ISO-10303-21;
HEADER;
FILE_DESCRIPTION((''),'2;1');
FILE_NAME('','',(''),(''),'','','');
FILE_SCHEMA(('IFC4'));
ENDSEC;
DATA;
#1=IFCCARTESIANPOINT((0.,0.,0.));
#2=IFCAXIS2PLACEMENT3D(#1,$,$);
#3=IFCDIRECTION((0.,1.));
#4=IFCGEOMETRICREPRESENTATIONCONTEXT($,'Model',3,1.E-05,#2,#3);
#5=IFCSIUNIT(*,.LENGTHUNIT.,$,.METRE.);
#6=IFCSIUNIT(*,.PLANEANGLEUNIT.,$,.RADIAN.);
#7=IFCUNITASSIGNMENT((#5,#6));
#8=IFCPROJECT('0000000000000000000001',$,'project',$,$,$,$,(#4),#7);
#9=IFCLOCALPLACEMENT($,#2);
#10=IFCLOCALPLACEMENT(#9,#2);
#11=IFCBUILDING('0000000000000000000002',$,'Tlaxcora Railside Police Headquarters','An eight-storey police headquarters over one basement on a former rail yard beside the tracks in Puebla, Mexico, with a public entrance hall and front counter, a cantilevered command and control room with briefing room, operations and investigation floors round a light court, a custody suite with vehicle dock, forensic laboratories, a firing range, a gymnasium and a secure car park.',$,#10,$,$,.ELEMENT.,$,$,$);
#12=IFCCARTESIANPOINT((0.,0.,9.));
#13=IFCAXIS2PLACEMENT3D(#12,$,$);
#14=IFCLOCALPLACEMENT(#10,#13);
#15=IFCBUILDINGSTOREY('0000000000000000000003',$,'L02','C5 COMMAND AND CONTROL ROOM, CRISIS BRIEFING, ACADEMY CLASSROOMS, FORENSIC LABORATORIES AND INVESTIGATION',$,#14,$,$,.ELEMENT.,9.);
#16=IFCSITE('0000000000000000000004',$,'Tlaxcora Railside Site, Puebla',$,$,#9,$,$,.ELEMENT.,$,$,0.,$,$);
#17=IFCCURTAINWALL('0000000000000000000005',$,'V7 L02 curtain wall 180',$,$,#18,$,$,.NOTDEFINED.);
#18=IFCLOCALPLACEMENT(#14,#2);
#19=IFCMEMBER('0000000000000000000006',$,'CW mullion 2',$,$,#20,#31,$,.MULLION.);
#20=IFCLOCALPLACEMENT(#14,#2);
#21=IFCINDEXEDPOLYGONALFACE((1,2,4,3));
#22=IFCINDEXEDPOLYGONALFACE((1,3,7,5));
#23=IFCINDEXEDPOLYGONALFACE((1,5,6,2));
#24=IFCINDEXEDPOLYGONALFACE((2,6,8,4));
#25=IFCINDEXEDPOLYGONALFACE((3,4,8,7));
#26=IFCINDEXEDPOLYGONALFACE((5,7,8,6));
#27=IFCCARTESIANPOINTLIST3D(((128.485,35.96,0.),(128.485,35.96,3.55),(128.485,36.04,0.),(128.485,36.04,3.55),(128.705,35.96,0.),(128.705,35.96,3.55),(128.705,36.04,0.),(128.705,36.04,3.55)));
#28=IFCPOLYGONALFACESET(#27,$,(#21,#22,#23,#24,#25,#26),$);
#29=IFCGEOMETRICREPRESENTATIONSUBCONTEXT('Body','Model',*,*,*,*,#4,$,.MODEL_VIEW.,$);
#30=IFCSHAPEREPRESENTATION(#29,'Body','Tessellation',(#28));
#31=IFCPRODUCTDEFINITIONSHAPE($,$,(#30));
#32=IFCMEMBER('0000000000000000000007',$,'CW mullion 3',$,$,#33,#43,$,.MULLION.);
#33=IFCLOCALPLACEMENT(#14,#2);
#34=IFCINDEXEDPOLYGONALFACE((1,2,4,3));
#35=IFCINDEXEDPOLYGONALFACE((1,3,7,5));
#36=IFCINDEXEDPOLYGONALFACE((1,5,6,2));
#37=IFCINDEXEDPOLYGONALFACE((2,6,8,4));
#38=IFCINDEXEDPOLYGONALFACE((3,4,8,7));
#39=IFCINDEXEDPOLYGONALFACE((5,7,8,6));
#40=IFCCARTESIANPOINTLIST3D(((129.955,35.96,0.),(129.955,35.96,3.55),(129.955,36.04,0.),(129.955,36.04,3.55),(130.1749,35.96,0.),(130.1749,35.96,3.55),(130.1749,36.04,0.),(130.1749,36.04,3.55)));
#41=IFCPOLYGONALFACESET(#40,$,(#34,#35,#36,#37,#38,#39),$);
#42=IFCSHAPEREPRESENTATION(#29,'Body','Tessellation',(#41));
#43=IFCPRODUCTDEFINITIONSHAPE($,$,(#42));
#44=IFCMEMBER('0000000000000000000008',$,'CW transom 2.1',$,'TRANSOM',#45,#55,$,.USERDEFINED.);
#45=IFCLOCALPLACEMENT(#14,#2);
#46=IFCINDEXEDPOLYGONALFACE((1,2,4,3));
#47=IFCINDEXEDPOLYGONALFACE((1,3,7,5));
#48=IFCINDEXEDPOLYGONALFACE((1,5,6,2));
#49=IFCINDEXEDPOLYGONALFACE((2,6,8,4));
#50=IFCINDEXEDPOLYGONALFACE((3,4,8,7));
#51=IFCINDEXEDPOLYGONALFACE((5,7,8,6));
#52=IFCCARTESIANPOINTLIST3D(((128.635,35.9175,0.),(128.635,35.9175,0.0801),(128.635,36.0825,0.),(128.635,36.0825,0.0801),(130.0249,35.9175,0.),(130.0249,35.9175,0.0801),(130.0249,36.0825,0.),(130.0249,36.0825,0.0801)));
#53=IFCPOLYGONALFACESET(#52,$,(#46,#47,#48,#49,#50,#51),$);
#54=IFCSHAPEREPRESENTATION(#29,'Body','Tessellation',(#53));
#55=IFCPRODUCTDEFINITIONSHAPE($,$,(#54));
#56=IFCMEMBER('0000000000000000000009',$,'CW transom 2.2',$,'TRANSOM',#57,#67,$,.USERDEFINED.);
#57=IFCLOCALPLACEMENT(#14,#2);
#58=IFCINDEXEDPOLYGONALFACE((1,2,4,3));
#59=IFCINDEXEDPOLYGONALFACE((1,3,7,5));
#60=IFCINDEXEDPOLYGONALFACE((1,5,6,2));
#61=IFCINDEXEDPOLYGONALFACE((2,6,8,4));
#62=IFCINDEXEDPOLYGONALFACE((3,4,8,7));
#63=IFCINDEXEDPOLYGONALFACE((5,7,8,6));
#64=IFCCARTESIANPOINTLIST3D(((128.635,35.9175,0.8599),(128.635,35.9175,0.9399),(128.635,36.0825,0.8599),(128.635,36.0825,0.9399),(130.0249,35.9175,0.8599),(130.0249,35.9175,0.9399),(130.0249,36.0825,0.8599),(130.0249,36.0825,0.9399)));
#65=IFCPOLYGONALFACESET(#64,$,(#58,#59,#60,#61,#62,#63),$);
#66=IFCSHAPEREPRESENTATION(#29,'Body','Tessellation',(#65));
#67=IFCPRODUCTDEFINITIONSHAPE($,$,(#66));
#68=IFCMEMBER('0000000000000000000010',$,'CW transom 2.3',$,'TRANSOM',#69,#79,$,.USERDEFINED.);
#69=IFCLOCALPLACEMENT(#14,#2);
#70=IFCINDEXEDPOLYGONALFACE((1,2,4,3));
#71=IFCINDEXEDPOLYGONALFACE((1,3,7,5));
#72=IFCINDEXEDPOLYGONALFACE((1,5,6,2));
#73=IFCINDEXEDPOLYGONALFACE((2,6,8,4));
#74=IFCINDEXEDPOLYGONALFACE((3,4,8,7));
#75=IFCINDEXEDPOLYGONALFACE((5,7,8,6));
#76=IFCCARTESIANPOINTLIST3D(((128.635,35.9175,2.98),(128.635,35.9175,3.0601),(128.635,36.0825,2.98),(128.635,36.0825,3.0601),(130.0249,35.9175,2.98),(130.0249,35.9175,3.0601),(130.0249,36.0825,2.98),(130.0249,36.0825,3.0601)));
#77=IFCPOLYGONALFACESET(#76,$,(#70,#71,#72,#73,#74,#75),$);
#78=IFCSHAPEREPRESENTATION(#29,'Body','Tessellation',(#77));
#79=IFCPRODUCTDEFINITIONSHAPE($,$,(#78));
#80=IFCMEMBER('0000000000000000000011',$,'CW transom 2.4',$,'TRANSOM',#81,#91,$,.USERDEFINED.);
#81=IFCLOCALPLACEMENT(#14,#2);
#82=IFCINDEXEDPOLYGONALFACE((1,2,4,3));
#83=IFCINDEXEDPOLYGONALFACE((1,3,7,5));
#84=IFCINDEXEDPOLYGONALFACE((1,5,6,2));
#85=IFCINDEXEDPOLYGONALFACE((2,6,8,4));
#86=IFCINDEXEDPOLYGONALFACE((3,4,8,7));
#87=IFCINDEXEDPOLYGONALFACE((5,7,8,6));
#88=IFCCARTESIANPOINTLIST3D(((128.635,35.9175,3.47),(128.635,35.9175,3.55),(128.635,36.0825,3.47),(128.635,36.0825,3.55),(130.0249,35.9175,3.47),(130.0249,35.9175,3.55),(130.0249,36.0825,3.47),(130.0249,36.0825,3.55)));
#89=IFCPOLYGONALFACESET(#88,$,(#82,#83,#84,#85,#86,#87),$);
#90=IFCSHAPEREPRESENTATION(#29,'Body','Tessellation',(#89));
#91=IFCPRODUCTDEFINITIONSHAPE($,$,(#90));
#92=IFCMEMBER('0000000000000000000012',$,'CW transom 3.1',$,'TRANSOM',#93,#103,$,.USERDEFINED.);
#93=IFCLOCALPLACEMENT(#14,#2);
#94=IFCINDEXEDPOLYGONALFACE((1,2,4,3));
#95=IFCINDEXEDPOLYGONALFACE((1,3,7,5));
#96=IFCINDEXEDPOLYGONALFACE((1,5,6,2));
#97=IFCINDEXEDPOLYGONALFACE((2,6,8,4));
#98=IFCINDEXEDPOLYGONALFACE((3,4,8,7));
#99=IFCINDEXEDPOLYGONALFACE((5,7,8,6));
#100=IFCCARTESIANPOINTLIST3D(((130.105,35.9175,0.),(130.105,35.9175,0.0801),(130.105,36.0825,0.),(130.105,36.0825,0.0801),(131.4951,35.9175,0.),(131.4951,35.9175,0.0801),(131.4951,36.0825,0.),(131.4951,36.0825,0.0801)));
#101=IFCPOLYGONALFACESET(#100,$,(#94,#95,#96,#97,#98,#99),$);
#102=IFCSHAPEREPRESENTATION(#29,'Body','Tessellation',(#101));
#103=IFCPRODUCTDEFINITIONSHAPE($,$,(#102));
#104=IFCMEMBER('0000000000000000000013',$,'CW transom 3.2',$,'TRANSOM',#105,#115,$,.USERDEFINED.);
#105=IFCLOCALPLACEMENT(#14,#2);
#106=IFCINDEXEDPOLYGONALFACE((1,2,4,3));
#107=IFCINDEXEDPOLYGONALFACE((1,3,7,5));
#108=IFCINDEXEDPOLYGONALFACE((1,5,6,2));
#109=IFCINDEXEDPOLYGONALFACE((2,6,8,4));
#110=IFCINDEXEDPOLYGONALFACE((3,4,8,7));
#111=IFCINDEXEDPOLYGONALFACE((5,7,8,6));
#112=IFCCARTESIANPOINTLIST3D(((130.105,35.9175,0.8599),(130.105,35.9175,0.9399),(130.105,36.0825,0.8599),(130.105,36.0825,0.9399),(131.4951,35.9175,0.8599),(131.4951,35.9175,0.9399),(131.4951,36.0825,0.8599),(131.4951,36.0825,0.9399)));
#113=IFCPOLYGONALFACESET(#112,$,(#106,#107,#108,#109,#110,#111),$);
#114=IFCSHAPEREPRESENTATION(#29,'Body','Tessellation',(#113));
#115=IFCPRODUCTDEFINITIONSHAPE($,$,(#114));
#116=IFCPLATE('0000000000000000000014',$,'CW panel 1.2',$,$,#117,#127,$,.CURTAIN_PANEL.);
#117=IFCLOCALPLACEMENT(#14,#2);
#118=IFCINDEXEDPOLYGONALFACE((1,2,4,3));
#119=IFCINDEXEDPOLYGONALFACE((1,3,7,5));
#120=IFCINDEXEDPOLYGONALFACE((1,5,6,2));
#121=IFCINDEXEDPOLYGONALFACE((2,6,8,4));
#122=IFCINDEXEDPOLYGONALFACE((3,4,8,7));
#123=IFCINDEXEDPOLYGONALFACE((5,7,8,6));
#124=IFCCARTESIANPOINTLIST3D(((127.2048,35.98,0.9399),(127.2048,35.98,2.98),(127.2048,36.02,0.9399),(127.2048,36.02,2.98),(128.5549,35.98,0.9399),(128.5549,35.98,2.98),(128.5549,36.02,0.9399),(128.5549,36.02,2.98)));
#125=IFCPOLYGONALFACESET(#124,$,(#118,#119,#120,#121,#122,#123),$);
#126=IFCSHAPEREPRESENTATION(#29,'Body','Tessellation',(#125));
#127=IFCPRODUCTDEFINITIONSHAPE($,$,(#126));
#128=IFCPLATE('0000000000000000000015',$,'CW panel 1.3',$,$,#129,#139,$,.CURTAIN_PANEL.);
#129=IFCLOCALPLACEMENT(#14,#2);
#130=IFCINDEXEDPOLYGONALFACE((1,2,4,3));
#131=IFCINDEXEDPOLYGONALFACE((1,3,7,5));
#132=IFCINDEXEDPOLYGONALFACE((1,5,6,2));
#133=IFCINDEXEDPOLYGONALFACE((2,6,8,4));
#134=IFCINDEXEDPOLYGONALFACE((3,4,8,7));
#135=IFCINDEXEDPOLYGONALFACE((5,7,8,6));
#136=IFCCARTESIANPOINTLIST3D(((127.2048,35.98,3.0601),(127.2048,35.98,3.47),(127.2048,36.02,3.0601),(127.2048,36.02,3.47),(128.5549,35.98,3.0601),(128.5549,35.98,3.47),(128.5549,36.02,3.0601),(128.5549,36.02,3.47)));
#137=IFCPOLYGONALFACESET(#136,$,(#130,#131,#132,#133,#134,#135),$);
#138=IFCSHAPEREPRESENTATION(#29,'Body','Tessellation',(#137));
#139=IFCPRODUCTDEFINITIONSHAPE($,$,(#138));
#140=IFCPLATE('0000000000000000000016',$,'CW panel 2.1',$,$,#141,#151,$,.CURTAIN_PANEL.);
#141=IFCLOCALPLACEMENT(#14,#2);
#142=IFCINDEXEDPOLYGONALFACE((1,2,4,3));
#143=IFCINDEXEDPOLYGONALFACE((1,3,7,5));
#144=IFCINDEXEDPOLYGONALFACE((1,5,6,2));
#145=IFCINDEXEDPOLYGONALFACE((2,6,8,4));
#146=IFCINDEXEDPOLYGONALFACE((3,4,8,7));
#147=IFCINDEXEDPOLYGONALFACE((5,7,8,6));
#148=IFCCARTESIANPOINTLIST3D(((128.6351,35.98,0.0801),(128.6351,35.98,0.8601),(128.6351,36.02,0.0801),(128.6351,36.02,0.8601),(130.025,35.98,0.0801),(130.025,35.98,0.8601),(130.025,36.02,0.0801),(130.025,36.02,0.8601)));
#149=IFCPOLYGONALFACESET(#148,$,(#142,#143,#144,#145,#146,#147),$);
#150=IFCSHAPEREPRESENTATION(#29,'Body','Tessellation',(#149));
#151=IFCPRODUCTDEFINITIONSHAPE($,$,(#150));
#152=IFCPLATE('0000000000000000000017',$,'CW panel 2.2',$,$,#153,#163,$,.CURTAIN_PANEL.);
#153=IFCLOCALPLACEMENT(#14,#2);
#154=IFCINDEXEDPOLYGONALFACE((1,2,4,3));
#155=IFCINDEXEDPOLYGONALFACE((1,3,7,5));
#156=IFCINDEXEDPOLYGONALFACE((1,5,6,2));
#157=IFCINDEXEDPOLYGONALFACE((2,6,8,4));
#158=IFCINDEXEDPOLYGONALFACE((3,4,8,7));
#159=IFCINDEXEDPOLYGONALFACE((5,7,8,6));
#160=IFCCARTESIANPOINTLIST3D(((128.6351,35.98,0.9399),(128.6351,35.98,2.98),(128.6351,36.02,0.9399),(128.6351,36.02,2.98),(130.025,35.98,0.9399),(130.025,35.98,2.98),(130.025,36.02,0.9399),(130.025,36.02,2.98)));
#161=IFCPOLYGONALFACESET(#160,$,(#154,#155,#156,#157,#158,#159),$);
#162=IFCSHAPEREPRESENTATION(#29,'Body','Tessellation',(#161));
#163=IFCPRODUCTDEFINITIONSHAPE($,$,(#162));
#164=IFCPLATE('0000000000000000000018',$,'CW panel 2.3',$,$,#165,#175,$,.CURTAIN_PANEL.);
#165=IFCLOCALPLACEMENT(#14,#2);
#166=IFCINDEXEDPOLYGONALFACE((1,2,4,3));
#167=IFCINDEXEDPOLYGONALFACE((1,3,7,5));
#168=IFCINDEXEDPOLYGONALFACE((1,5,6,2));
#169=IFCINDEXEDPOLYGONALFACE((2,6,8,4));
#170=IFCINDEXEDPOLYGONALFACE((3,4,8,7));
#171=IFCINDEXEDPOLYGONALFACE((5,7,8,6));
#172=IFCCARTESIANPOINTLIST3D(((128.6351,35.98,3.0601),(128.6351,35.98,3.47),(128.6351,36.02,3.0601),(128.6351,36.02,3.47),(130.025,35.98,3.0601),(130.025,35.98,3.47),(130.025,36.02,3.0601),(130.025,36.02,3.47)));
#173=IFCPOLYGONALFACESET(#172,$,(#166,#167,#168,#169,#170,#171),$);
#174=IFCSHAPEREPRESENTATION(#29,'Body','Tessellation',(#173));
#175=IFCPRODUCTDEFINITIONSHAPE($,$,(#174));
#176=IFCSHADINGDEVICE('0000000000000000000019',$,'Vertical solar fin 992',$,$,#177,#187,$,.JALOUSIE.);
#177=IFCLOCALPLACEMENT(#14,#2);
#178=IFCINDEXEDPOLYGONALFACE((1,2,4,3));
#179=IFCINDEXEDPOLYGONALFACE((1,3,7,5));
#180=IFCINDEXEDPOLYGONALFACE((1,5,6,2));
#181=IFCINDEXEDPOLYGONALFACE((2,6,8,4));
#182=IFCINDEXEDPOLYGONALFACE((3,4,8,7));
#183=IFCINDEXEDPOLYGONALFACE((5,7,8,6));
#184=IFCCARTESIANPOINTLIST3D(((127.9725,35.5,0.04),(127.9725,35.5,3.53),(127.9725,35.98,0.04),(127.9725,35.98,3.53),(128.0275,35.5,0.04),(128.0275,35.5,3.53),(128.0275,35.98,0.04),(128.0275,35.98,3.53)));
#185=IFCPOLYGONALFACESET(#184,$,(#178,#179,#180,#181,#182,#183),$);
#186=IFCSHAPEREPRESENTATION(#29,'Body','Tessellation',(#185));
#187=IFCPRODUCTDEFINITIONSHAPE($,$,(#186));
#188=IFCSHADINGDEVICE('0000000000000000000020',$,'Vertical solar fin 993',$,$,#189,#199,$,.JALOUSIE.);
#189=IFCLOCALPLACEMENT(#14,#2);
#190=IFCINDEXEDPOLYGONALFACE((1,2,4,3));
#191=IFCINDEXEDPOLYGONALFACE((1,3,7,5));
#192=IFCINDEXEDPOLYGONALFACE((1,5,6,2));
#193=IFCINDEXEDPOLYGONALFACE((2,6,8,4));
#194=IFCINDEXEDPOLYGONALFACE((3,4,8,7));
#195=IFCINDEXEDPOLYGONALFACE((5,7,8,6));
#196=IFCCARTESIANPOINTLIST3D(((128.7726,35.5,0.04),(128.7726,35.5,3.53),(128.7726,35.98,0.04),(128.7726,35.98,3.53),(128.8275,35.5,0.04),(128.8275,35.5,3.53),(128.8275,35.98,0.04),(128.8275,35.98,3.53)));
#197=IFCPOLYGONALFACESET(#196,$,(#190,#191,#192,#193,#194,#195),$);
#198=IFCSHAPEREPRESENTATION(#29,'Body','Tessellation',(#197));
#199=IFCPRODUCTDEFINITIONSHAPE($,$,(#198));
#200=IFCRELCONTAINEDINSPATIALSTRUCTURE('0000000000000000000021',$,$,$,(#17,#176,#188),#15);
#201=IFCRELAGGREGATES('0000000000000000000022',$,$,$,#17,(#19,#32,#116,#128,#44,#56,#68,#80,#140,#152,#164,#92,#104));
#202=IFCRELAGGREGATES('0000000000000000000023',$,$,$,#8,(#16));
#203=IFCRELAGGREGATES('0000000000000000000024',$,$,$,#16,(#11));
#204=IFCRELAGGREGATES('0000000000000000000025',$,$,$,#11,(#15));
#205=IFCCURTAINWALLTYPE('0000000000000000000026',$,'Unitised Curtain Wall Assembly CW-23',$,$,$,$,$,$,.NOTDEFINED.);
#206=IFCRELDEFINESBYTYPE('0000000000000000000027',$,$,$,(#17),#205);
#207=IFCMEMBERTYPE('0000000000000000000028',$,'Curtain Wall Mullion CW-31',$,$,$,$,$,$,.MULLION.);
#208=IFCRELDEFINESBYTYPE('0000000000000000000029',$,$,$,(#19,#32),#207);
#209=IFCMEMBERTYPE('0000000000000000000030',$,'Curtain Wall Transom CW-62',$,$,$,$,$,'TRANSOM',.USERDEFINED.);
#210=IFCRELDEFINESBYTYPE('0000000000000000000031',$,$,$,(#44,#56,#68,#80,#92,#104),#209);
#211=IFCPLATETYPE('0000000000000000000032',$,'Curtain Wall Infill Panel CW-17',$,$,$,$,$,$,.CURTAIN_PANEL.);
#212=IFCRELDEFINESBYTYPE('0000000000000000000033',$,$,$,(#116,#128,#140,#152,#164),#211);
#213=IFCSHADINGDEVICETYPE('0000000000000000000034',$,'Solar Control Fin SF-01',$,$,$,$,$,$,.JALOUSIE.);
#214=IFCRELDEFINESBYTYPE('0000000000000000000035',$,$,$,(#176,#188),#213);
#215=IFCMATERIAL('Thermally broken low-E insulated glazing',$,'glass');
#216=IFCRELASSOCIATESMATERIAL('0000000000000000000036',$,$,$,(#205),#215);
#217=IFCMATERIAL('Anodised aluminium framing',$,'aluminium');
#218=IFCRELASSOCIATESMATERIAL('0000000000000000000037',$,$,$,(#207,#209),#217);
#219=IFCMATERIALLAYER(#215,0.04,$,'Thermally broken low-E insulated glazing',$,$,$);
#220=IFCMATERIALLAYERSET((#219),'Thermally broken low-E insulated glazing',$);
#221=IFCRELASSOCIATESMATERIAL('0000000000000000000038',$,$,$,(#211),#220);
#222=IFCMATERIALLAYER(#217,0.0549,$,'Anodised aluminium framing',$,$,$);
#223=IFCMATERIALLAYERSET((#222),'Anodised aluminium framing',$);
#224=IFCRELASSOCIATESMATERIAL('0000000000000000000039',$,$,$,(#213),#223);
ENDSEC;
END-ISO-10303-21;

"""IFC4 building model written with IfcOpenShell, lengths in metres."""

from ifc_helpers import new_model, si_unit, direction, frame, origin, origin_2d, place, context, subcontext, project, spatial, rectangle, extrude, material, layer, layer_set, material_profile, profile_set, type_object, element, aggregate, save


model = new_model("IFC4")

# Units and contexts
model_context = context("Model", 3, precision=1e-05, world=origin(), true_north=direction((0.0, 1.0)))
body_context = subcontext(model_context, "Body", "Model", "MODEL_VIEW")
ifc_project = project(units=[si_unit("LENGTHUNIT", "METRE"), si_unit("PLANEANGLEUNIT", "RADIAN")], contexts=[model_context])

# Site, building, storey
site_placement = place(None, origin())
site = spatial("IfcSite", under=ifc_project, at=site_placement, Name="Tlaxcora Railside Site, Puebla", CompositionType="ELEMENT", RefElevation=0.0)
building_placement = place(site_placement, origin())
building = spatial("IfcBuilding", under=site, at=building_placement, Name="Tlaxcora Railside Police Headquarters", Description="An eight-storey police headquarters over one basement on a former rail yard beside the tracks in Puebla, Mexico, with a public entrance hall and front counter, a cantilevered command and control room with briefing room, operations and investigation floors round a light court, a custody suite with vehicle dock, forensic laboratories, a firing range, a gymnasium and a secure car park.", CompositionType="ELEMENT")
storey_placement = place(building_placement, frame((0.0, 0.0, 9.0)))
storey = spatial("IfcBuildingStorey", under=building, at=storey_placement, Name="L02", Description="C5 COMMAND AND CONTROL ROOM, CRISIS BRIEFING, ACADEMY CLASSROOMS, FORENSIC LABORATORIES AND INVESTIGATION", CompositionType="ELEMENT", Elevation=9.0)

# Curtain wall, members, plates
ifc_material_1 = material(Name="Thermally broken low-E insulated glazing", Category="glass")
curtain_wall_type = type_object("IfcCurtainWallType", Name="Unitised Curtain Wall Assembly CW-23", PredefinedType="NOTDEFINED", material=ifc_material_1)
curtain_wall_placement = place(storey_placement, origin())
curtain_wall = element("IfcCurtainWall", 1, at=curtain_wall_placement, inside=storey, type_object=curtain_wall_type, Name="V7 L02 curtain wall 180", PredefinedType="NOTDEFINED")
ifc_material_2 = material(Name="Anodised aluminium framing", Category="aluminium")
ifc_material_profile_1 = material_profile(ifc_material_2, rectangle(XDim=0.0801, YDim=0.22, at=origin_2d()), Name="AL80X220")
ifc_profile_set_1 = profile_set([ifc_material_profile_1], Name="Anodised aluminium framing")
member_type_1 = type_object("IfcMemberType", Name="Curtain Wall Mullion CW-31", PredefinedType="MULLION", material=ifc_profile_set_1)
member_1_placement = place(storey_placement, frame((128.595, 36.0, 0.0), z_axis=(0.0, 0.0, 1.0), x_axis=(0.0, 1.0, 0.0)))
member_1 = element("IfcMember", 2, at=member_1_placement, type_object=member_type_1, Name="CW mullion 2", PredefinedType="MULLION", context=body_context, shape_type="SweptSolid", body=[
    extrude(rectangle(XDim=0.0801, YDim=0.22, at=origin_2d()), origin(), (0.0, 0.0, 1.0), 3.55),
])
member_2_placement = place(storey_placement, frame((130.0649, 36.0, 0.0), z_axis=(0.0, 0.0, 1.0), x_axis=(0.0, 1.0, 0.0)))
member_2 = element("IfcMember", 3, at=member_2_placement, type_object=member_type_1, Name="CW mullion 3", PredefinedType="MULLION", context=body_context, shape_type="SweptSolid", body=[
    extrude(rectangle(XDim=0.0801, YDim=0.22, at=origin_2d()), origin(), (0.0, 0.0, 1.0), 3.55),
])
ifc_material_profile_2 = material_profile(ifc_material_2, rectangle(XDim=0.165, YDim=0.0801, at=origin_2d()), Name="AL80X165")
ifc_profile_set_2 = profile_set([ifc_material_profile_2], Name="Anodised aluminium framing")
member_type_2 = type_object("IfcMemberType", Name="Curtain Wall Transom CW-62", ElementType="TRANSOM", PredefinedType="USERDEFINED", material=ifc_profile_set_2)
member_3_placement = place(storey_placement, frame((128.635, 36.0, 0.04), z_axis=(1.0, 0.0, 0.0), x_axis=(0.0, 1.0, 0.0)))
member_3 = element("IfcMember", 4, at=member_3_placement, type_object=member_type_2, Name="CW transom 2.1", ObjectType="TRANSOM", PredefinedType="USERDEFINED", context=body_context, shape_type="SweptSolid", body=[
    extrude(rectangle(XDim=0.165, YDim=0.0801, at=origin_2d()), origin(), (0.0, 0.0, 1.0), 1.3899),
])
member_4_placement = place(storey_placement, frame((128.635, 36.0, 0.8999), z_axis=(1.0, 0.0, 0.0), x_axis=(0.0, 1.0, 0.0)))
member_4 = element("IfcMember", 5, at=member_4_placement, type_object=member_type_2, Name="CW transom 2.2", ObjectType="TRANSOM", PredefinedType="USERDEFINED", context=body_context, shape_type="SweptSolid", body=[
    extrude(rectangle(XDim=0.165, YDim=0.0801, at=origin_2d()), origin(), (0.0, 0.0, 1.0), 1.3899),
])
member_5_placement = place(storey_placement, frame((128.635, 36.0, 3.02), z_axis=(1.0, 0.0, 0.0), x_axis=(0.0, 1.0, 0.0)))
member_5 = element("IfcMember", 6, at=member_5_placement, type_object=member_type_2, Name="CW transom 2.3", ObjectType="TRANSOM", PredefinedType="USERDEFINED", context=body_context, shape_type="SweptSolid", body=[
    extrude(rectangle(XDim=0.165, YDim=0.0801, at=origin_2d()), origin(), (0.0, 0.0, 1.0), 1.3899),
])
member_6_placement = place(storey_placement, frame((128.635, 36.0, 3.51), z_axis=(1.0, 0.0, 0.0), x_axis=(0.0, 1.0, 0.0)))
member_6 = element("IfcMember", 7, at=member_6_placement, type_object=member_type_2, Name="CW transom 2.4", ObjectType="TRANSOM", PredefinedType="USERDEFINED", context=body_context, shape_type="SweptSolid", body=[
    extrude(rectangle(XDim=0.165, YDim=0.0801, at=origin_2d()), origin(), (0.0, 0.0, 1.0), 1.3899),
])
member_7_placement = place(storey_placement, frame((130.105, 36.0, 0.04), z_axis=(1.0, 0.0, 0.0), x_axis=(0.0, 1.0, 0.0)))
member_7 = element("IfcMember", 8, at=member_7_placement, type_object=member_type_2, Name="CW transom 3.1", ObjectType="TRANSOM", PredefinedType="USERDEFINED", context=body_context, shape_type="SweptSolid", body=[
    extrude(rectangle(XDim=0.165, YDim=0.0801, at=origin_2d()), origin(), (0.0, 0.0, 1.0), 1.3901),
])
member_8_placement = place(storey_placement, frame((130.105, 36.0, 0.8999), z_axis=(1.0, 0.0, 0.0), x_axis=(0.0, 1.0, 0.0)))
member_8 = element("IfcMember", 9, at=member_8_placement, type_object=member_type_2, Name="CW transom 3.2", ObjectType="TRANSOM", PredefinedType="USERDEFINED", context=body_context, shape_type="SweptSolid", body=[
    extrude(rectangle(XDim=0.165, YDim=0.0801, at=origin_2d()), origin(), (0.0, 0.0, 1.0), 1.3901),
])
ifc_layer_1 = layer(ifc_material_1, 0.04, Name="Thermally broken low-E insulated glazing")
ifc_layer_set_1 = layer_set([ifc_layer_1], Name="Thermally broken low-E insulated glazing")
plate_type = type_object("IfcPlateType", Name="Curtain Wall Infill Panel CW-17", PredefinedType="CURTAIN_PANEL", material=ifc_layer_set_1)
plate_1_placement = place(storey_placement, frame((127.8799, 36.0, 0.9399), z_axis=(0.0, 0.0, 1.0), x_axis=(1.0, 0.0, 0.0)))
plate_1 = element("IfcPlate", 10, at=plate_1_placement, type_object=plate_type, Name="CW panel 1.2", PredefinedType="CURTAIN_PANEL", context=body_context, shape_type="SweptSolid", body=[
    extrude(rectangle(XDim=1.3501, YDim=0.04, at=origin_2d()), origin(), (0.0, 0.0, 1.0), 2.04),
])
plate_2_placement = place(storey_placement, frame((127.8799, 36.0, 3.0601), z_axis=(0.0, 0.0, 1.0), x_axis=(1.0, 0.0, 0.0)))
plate_2 = element("IfcPlate", 11, at=plate_2_placement, type_object=plate_type, Name="CW panel 1.3", PredefinedType="CURTAIN_PANEL", context=body_context, shape_type="SweptSolid", body=[
    extrude(rectangle(XDim=1.3501, YDim=0.04, at=origin_2d()), origin(), (0.0, 0.0, 1.0), 0.4099),
])
plate_3_placement = place(storey_placement, frame((129.3301, 36.0, 0.0801), z_axis=(0.0, 0.0, 1.0), x_axis=(1.0, 0.0, 0.0)))
plate_3 = element("IfcPlate", 12, at=plate_3_placement, type_object=plate_type, Name="CW panel 2.1", PredefinedType="CURTAIN_PANEL", context=body_context, shape_type="SweptSolid", body=[
    extrude(rectangle(XDim=1.3899, YDim=0.04, at=origin_2d()), origin(), (0.0, 0.0, 1.0), 0.78),
])
plate_4_placement = place(storey_placement, frame((129.3301, 36.0, 0.9399), z_axis=(0.0, 0.0, 1.0), x_axis=(1.0, 0.0, 0.0)))
plate_4 = element("IfcPlate", 13, at=plate_4_placement, type_object=plate_type, Name="CW panel 2.2", PredefinedType="CURTAIN_PANEL", context=body_context, shape_type="SweptSolid", body=[
    extrude(rectangle(XDim=1.3899, YDim=0.04, at=origin_2d()), origin(), (0.0, 0.0, 1.0), 2.04),
])
plate_5_placement = place(storey_placement, frame((129.3301, 36.0, 3.0601), z_axis=(0.0, 0.0, 1.0), x_axis=(1.0, 0.0, 0.0)))
plate_5 = element("IfcPlate", 14, at=plate_5_placement, type_object=plate_type, Name="CW panel 2.3", PredefinedType="CURTAIN_PANEL", context=body_context, shape_type="SweptSolid", body=[
    extrude(rectangle(XDim=1.3899, YDim=0.04, at=origin_2d()), origin(), (0.0, 0.0, 1.0), 0.4099),
])
aggregate(curtain_wall, [member_1, member_2, plate_1, plate_2, member_3, member_4, member_5, member_6, plate_3, plate_4, plate_5, member_7, member_8])

# Shading devices
ifc_layer_2 = layer(ifc_material_2, 0.0549, Name="Anodised aluminium framing")
ifc_layer_set_2 = layer_set([ifc_layer_2], Name="Anodised aluminium framing")
shading_device_type = type_object("IfcShadingDeviceType", Name="Solar Control Fin SF-01", PredefinedType="JALOUSIE", material=ifc_layer_set_2)
for number, where, z_axis, x_axis, name in (
    (15, (128.0, 35.74, 0.04), (0.0, 0.0, 1.0), (0.0, -1.0, 0.0), "Vertical solar fin 992"),
    (16, (128.8, 35.74, 0.04), (0.0, 0.0, 1.0), (0.0, -1.0, 0.0), "Vertical solar fin 993"),
):
    element("IfcShadingDevice", number, at=place(storey_placement, frame(where, z_axis=z_axis, x_axis=x_axis)), inside=storey, type_object=shading_device_type, Name=name, PredefinedType="JALOUSIE", context=body_context, shape_type="SweptSolid", body=[
        extrude(rectangle(XDim=0.48, YDim=0.0549, at=origin_2d()), origin(), (0.0, 0.0, 1.0), 3.49),
    ])

save(model, "model.ifc")
